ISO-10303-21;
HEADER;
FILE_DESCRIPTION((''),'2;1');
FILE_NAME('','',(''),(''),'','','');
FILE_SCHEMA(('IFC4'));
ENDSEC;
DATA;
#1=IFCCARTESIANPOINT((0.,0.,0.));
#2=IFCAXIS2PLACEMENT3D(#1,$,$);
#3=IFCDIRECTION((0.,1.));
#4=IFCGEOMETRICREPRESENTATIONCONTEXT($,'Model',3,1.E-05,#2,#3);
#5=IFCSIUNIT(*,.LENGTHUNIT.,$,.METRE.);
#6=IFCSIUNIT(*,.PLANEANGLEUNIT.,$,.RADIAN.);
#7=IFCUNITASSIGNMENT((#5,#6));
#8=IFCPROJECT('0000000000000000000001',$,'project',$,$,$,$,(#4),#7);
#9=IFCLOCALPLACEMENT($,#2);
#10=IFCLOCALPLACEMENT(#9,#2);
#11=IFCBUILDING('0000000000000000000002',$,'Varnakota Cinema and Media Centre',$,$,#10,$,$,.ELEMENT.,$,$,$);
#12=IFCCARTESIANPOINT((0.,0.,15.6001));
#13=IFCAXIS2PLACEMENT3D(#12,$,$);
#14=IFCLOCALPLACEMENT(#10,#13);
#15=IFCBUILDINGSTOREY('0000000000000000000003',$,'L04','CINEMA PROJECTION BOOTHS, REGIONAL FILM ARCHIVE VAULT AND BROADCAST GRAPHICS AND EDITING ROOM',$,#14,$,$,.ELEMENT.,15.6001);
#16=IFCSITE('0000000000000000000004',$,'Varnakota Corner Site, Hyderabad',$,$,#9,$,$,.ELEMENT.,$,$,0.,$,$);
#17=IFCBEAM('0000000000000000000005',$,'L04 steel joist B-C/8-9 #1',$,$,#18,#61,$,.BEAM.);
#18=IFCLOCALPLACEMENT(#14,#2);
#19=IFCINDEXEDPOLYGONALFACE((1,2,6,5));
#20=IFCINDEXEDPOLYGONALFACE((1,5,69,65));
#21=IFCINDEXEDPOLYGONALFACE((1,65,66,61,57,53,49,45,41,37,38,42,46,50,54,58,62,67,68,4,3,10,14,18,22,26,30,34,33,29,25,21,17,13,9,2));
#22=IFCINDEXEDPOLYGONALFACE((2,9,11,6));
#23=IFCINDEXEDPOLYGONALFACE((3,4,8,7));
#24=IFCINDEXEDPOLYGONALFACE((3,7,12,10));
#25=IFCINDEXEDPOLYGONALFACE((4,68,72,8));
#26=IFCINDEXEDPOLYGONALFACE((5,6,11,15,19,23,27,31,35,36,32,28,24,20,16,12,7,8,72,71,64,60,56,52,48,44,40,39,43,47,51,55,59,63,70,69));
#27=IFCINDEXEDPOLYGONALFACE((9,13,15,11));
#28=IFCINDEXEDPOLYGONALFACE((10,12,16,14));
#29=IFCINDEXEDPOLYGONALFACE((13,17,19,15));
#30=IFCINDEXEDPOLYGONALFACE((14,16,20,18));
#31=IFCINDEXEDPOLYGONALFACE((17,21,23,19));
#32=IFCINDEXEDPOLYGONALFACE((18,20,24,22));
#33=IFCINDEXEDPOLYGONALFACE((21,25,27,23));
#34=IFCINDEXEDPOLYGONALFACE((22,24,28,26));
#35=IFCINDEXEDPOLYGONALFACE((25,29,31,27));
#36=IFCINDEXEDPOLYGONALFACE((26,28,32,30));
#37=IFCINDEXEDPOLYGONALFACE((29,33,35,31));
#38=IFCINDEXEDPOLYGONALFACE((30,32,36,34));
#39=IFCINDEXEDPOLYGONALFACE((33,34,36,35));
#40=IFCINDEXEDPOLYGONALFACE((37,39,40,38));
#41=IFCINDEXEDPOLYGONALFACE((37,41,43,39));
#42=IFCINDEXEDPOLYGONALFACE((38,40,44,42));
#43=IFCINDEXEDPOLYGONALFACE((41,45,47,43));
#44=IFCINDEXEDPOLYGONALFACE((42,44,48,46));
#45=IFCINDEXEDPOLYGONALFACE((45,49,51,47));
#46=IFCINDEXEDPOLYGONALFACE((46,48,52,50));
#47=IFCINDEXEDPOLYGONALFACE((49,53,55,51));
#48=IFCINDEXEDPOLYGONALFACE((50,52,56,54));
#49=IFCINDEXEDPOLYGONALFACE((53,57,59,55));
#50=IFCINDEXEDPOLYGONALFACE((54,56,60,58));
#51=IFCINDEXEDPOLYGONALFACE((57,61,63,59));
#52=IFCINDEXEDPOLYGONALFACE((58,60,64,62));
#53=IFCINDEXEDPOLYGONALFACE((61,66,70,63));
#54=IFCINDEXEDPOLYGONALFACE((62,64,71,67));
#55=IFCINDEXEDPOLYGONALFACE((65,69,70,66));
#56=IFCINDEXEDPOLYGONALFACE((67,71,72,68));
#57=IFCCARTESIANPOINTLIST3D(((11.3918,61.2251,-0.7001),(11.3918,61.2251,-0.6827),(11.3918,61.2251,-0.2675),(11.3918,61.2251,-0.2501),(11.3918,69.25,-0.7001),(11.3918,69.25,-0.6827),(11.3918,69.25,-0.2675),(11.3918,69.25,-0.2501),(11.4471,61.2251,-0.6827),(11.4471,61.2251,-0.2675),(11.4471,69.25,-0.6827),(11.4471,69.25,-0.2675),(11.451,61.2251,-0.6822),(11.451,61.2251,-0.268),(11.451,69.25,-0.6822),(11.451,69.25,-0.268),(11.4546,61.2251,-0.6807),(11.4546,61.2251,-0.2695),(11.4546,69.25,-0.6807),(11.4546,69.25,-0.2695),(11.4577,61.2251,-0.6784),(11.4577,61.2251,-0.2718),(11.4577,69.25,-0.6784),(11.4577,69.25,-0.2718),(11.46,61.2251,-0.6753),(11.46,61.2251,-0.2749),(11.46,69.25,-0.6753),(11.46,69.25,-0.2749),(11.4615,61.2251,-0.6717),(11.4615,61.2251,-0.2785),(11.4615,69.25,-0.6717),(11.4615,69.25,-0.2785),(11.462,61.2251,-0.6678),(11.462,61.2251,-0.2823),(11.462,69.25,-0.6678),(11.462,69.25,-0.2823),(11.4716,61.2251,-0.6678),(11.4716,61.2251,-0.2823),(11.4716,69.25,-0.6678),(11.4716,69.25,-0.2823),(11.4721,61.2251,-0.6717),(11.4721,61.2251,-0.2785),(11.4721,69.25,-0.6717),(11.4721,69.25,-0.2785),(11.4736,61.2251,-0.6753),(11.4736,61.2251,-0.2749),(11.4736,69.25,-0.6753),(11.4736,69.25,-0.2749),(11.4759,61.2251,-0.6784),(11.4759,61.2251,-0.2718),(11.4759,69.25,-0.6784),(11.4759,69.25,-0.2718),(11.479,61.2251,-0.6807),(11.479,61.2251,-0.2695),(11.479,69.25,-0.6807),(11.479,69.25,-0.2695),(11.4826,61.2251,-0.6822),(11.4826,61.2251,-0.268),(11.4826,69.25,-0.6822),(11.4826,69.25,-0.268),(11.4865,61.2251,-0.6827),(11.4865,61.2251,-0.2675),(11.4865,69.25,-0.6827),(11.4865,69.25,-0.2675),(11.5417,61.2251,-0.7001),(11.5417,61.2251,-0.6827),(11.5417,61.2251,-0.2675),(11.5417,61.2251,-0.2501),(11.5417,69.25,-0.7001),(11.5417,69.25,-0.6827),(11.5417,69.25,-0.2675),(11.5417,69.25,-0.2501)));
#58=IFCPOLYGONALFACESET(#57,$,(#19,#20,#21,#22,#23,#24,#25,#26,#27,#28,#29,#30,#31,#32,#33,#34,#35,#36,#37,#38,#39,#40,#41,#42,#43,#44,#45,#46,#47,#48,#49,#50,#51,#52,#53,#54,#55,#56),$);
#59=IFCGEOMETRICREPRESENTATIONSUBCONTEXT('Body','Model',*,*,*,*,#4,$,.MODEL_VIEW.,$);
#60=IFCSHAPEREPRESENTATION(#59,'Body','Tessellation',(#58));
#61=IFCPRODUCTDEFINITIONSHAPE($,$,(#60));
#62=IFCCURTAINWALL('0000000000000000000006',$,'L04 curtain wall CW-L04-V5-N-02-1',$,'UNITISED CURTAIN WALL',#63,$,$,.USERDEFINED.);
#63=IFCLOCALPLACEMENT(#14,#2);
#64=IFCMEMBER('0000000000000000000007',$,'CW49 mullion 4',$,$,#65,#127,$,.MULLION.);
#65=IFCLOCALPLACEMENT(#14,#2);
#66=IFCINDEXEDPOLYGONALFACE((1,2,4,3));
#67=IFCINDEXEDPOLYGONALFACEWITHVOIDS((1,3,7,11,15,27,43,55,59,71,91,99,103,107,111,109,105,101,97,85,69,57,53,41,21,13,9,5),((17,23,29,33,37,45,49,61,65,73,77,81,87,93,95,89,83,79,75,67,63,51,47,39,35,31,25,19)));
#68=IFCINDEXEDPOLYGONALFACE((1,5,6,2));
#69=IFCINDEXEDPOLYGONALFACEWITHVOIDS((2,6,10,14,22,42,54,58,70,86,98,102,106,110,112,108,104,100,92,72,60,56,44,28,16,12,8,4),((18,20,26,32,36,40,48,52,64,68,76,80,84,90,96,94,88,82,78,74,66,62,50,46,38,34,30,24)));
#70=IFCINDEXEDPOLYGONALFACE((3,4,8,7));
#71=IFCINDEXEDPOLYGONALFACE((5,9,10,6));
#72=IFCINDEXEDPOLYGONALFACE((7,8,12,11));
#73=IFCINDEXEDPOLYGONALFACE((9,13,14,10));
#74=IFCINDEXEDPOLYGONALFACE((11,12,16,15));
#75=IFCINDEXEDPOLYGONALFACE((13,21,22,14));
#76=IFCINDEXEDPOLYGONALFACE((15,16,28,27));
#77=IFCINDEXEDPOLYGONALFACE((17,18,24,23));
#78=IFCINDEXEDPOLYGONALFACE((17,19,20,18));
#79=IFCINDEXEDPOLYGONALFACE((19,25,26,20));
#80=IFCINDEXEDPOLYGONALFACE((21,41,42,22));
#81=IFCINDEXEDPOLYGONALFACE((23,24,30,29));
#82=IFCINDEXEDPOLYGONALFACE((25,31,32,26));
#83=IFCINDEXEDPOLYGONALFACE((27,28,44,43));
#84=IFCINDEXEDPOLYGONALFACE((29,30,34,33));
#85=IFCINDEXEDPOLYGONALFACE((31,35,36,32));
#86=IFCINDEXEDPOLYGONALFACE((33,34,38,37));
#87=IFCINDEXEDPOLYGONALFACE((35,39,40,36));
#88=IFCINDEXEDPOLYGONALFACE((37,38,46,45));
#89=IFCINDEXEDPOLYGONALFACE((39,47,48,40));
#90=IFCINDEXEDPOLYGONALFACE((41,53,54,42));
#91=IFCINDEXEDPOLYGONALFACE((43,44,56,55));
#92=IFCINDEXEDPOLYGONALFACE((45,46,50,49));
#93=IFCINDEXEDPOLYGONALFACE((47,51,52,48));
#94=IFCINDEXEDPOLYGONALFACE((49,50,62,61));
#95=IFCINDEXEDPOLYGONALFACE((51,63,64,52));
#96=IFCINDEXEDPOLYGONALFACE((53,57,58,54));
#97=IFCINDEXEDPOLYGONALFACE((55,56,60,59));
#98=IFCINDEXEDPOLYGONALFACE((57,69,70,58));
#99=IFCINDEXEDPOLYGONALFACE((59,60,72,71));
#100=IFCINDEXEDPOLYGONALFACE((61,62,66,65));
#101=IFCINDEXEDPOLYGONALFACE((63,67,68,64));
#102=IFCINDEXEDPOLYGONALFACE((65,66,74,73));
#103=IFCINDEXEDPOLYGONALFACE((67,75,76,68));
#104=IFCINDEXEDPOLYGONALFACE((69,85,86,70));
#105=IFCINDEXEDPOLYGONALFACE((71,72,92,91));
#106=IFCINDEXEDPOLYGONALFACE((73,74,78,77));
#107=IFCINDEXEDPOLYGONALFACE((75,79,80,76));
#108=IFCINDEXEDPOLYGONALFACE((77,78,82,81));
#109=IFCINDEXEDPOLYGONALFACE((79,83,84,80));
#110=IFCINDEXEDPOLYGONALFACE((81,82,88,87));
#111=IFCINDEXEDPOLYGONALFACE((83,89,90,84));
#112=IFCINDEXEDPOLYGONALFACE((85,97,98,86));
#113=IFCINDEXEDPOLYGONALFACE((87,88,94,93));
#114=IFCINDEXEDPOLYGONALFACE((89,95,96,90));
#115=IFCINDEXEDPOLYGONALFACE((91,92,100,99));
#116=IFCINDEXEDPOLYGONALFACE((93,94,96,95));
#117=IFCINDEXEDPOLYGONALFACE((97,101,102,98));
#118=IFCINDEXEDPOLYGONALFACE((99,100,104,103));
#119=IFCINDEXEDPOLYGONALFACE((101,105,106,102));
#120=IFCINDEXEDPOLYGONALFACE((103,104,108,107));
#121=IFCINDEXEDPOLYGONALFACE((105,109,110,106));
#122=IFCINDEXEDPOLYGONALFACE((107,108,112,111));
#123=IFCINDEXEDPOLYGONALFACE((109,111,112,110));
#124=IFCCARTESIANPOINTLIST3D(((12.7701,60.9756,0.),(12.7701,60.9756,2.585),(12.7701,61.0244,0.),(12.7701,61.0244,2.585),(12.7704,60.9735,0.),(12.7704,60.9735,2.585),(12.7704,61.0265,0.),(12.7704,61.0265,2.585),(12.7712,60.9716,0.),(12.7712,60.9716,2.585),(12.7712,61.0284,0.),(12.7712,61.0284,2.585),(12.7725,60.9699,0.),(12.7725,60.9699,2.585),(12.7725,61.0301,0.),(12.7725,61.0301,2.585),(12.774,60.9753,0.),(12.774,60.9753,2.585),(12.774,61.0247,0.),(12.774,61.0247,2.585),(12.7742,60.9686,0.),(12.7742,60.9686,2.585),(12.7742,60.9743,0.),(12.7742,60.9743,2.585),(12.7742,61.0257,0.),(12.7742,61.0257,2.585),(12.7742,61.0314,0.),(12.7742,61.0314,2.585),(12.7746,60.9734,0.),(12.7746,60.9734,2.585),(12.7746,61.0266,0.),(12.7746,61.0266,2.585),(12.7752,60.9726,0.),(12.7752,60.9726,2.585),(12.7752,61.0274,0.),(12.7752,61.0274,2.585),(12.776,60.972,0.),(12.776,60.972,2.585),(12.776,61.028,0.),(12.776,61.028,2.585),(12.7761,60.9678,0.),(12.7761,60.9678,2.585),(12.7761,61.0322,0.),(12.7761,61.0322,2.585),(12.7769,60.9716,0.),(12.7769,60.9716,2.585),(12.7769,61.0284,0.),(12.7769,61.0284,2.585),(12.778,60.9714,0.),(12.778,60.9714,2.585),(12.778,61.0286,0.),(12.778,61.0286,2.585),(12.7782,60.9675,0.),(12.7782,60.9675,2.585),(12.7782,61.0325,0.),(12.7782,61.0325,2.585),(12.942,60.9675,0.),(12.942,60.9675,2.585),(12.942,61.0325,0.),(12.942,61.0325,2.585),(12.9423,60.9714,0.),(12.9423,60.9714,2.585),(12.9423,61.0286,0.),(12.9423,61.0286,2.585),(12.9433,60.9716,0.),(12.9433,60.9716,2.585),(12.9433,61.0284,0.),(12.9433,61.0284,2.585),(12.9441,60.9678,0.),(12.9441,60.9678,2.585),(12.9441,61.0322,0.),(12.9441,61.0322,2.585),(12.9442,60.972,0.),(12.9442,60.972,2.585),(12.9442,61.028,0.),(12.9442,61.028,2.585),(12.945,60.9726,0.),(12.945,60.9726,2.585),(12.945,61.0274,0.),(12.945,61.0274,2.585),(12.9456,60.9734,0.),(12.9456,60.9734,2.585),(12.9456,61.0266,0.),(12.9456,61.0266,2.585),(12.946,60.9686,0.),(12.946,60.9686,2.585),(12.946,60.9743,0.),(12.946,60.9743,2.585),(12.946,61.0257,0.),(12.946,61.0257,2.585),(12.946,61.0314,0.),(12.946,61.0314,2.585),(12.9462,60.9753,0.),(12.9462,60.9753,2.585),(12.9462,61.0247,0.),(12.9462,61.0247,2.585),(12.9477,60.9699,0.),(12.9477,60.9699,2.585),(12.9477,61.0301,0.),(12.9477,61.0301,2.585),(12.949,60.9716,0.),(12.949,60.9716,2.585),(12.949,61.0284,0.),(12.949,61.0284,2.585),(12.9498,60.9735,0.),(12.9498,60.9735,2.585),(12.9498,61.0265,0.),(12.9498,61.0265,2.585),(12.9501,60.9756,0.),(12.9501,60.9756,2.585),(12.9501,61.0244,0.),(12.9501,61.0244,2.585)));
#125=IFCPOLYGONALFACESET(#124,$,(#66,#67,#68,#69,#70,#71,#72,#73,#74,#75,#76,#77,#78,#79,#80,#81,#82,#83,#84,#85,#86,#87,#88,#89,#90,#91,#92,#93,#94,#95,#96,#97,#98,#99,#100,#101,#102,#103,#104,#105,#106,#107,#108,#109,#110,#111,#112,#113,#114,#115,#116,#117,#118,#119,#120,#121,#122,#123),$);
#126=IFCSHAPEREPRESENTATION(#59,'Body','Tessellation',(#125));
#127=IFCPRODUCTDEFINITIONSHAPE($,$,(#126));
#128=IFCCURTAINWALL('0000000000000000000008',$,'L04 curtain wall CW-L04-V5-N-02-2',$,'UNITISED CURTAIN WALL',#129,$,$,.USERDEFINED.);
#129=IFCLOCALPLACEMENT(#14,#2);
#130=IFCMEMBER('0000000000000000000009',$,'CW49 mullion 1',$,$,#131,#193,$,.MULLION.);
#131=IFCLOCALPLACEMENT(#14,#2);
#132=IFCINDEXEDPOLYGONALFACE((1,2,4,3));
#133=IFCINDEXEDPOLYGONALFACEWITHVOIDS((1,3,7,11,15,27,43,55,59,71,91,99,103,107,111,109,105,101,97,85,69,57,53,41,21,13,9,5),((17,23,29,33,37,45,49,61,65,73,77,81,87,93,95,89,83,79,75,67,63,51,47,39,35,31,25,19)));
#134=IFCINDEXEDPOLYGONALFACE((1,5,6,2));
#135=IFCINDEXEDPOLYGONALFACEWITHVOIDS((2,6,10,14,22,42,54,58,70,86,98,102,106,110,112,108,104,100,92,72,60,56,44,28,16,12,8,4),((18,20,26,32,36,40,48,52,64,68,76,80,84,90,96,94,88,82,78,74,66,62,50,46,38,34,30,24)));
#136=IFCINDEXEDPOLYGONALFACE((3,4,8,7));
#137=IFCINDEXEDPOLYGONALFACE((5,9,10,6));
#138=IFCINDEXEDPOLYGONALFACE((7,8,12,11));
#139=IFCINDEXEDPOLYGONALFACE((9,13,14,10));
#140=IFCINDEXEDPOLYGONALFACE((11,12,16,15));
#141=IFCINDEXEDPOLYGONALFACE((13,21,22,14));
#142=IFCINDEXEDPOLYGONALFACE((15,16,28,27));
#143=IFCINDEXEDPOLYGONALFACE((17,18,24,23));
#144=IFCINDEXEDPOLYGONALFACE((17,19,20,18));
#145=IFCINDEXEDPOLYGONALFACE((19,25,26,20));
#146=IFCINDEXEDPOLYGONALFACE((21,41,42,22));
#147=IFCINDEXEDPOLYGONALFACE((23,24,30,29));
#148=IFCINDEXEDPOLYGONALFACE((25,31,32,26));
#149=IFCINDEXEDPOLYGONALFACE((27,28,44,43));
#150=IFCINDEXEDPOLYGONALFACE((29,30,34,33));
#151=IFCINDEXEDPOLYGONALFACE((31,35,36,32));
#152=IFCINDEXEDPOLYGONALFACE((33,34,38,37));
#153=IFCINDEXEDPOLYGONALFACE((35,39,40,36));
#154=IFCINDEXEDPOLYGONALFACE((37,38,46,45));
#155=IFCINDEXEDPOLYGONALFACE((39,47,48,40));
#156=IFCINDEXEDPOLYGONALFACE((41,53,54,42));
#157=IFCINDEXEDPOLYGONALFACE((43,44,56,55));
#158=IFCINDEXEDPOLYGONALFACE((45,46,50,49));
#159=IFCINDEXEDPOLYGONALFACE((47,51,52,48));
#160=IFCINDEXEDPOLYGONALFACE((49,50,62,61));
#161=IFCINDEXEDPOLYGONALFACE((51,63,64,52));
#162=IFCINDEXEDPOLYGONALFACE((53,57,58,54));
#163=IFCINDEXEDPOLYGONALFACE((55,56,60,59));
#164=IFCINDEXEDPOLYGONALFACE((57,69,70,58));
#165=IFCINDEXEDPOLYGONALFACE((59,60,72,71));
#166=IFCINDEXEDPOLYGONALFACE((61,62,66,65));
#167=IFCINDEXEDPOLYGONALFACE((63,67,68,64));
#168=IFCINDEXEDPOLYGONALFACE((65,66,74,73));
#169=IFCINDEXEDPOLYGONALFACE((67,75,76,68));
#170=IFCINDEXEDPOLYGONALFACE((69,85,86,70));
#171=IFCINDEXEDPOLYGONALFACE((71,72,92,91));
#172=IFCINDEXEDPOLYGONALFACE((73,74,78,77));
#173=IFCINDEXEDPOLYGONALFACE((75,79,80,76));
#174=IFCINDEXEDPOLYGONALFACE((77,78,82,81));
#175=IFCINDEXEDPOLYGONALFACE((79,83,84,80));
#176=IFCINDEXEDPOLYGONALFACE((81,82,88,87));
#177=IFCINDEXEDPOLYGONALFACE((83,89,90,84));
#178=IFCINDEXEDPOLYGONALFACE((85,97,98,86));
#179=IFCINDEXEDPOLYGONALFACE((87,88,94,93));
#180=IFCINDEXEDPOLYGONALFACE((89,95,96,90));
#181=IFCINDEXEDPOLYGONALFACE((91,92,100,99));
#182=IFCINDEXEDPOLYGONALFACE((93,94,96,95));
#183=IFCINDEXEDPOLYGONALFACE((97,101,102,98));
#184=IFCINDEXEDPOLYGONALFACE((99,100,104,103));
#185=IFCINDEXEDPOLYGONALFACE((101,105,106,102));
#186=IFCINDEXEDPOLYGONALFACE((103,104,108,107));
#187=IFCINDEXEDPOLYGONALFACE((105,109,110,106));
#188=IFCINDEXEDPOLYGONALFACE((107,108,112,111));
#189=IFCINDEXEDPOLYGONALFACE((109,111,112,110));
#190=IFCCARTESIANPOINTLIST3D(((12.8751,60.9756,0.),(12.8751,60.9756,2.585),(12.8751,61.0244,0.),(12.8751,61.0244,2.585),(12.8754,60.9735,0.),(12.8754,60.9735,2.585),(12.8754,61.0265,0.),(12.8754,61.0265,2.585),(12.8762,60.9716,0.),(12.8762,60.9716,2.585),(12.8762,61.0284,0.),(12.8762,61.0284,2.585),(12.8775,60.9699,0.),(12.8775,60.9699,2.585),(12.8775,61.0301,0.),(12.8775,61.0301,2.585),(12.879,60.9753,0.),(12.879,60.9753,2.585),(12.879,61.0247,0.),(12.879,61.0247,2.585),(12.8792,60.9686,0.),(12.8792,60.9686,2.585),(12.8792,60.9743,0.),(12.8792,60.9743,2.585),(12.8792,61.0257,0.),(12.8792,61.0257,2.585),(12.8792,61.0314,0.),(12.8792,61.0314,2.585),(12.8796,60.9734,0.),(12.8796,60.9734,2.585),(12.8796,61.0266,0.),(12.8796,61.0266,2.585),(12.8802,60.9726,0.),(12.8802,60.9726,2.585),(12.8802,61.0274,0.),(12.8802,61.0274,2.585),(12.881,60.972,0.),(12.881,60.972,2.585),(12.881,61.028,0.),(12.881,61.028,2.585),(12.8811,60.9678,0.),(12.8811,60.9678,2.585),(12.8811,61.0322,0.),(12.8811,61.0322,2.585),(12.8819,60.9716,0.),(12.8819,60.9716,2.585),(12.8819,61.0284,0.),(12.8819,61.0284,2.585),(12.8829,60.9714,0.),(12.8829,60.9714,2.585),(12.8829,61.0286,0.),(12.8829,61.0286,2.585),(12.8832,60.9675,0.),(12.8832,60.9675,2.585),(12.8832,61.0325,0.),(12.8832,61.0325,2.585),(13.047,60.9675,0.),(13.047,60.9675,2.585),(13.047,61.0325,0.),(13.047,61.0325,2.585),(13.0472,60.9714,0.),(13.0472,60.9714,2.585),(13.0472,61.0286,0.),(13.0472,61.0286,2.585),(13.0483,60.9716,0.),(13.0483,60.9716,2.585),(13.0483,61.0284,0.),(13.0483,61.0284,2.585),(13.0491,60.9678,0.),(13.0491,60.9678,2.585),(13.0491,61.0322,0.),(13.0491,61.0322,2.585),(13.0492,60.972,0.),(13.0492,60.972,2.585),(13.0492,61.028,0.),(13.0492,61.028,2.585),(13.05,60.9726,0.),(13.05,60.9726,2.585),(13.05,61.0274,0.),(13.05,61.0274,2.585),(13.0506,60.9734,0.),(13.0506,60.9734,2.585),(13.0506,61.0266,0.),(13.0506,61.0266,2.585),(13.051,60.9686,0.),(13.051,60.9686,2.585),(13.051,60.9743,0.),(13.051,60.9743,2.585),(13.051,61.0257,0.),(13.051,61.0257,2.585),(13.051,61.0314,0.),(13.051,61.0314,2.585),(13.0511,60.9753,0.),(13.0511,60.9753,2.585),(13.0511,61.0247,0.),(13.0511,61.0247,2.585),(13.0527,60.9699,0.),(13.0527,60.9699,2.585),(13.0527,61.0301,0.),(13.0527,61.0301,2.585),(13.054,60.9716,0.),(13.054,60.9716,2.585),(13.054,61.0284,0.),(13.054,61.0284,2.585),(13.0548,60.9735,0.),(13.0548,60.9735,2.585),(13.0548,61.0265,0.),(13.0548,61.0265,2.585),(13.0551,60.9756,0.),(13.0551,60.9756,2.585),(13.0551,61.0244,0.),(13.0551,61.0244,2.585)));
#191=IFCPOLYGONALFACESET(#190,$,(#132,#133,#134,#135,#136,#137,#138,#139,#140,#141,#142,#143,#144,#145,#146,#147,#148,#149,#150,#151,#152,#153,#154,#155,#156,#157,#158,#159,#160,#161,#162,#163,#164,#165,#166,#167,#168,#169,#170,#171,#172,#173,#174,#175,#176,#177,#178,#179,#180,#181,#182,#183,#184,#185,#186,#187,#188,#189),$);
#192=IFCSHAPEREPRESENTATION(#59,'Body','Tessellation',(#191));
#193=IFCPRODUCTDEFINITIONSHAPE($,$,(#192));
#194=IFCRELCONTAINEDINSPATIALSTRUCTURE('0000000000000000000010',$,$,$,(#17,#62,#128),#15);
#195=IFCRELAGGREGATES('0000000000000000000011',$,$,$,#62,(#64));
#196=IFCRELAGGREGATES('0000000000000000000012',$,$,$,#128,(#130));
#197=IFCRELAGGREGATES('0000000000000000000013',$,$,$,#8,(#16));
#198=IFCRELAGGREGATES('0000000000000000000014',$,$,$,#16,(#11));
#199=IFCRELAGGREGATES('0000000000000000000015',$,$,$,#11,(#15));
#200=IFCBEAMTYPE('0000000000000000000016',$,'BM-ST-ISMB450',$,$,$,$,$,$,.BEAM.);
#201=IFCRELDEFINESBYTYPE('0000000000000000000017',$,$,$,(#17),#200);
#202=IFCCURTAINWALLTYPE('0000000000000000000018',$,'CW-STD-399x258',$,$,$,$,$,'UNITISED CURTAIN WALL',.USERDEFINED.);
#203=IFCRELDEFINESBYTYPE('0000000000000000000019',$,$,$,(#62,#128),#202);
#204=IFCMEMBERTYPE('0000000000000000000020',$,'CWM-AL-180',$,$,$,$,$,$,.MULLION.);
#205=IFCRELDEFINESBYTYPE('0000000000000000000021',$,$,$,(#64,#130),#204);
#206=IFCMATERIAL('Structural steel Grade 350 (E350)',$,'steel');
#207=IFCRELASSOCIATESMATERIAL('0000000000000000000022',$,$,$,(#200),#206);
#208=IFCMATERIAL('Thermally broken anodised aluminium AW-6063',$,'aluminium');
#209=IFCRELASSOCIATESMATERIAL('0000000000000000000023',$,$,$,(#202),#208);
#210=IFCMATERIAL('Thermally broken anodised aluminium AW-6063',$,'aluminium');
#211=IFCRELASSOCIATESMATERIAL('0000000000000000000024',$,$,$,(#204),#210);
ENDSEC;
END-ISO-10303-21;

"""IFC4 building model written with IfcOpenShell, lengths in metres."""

from ifc_helpers import new_model, si_unit, direction, frame, origin, origin_2d, place, context, subcontext, project, spatial, hollow_rectangle, i_section, extrude, material, material_profile, profile_set, type_object, element, aggregate, save


model = new_model("IFC4")

# Units and contexts
model_context = context("Model", 3, precision=1e-05, world=origin(), true_north=direction((0.0, 1.0)))
body_context = subcontext(model_context, "Body", "Model", "MODEL_VIEW")
ifc_project = project(units=[si_unit("LENGTHUNIT", "METRE"), si_unit("PLANEANGLEUNIT", "RADIAN")], contexts=[model_context])

# Site, building, storey
site_placement = place(None, origin())
site = spatial("IfcSite", under=ifc_project, at=site_placement, Name="Varnakota Corner Site, Hyderabad", CompositionType="ELEMENT", RefElevation=0.0)
building_placement = place(site_placement, origin())
building = spatial("IfcBuilding", under=site, at=building_placement, Name="Varnakota Cinema and Media Centre", CompositionType="ELEMENT")
storey_placement = place(building_placement, frame((0.0, 0.0, 15.6001)))
storey = spatial("IfcBuildingStorey", under=building, at=storey_placement, Name="L04", Description="CINEMA PROJECTION BOOTHS, REGIONAL FILM ARCHIVE VAULT AND BROADCAST GRAPHICS AND EDITING ROOM", CompositionType="ELEMENT", Elevation=15.6001)

# Beam
ifc_material_1 = material(Name="Structural steel Grade 350 (E350)", Category="steel")
ifc_material_profile_1 = material_profile(ifc_material_1, i_section(OverallWidth=0.1499, OverallDepth=0.45, WebThickness=0.0095, FlangeThickness=0.0173, FilletRadius=0.0149, at=origin_2d()), Name="ISMB 450")
ifc_profile_set_1 = profile_set([ifc_material_profile_1], Name="Structural steel Grade 350 (E350)")
beam_type_1 = type_object("IfcBeamType", Name="BM-ST-ISMB450", PredefinedType="BEAM", material=ifc_profile_set_1)
beam_1_placement = place(storey_placement, frame((11.4668, 61.2251, -0.4751), z_axis=(0.0, 1.0, 0.0), x_axis=(-1.0, 0.0, 0.0)))
element("IfcBeam", 1, at=beam_1_placement, inside=storey, type_object=beam_type_1, Name="L04 steel joist B-C/8-9 #1", PredefinedType="BEAM", context=body_context, shape_type="SweptSolid", body=[
    extrude(i_section(OverallWidth=0.1499, OverallDepth=0.45, WebThickness=0.0095, FlangeThickness=0.0173, FilletRadius=0.0149, at=origin_2d()), origin(), (0.0, 0.0, 1.0), 8.0249),
])

# Curtain wall, member
ifc_material_2 = material(Name="Thermally broken anodised aluminium AW-6063", Category="aluminium")
curtain_wall_type = type_object("IfcCurtainWallType", Name="CW-STD-399x258", ElementType="UNITISED CURTAIN WALL", PredefinedType="USERDEFINED", material=ifc_material_2)
curtain_wall_1_placement = place(storey_placement, origin())
curtain_wall_1 = element("IfcCurtainWall", 2, at=curtain_wall_1_placement, inside=storey, type_object=curtain_wall_type, Name="L04 curtain wall CW-L04-V5-N-02-1", ObjectType="UNITISED CURTAIN WALL", PredefinedType="USERDEFINED")
ifc_material_3 = material(Name="Thermally broken anodised aluminium AW-6063", Category="aluminium")
ifc_material_profile_2 = material_profile(ifc_material_3, hollow_rectangle(XDim=0.0649, YDim=0.1799, WallThickness=0.0039, InnerFilletRadius=0.0039, OuterFilletRadius=0.0081, at=origin_2d()), Name="AL-MULLION 180x65x4")
ifc_profile_set_2 = profile_set([ifc_material_profile_2], Name="Thermally broken anodised aluminium AW-6063")
member_type_1 = type_object("IfcMemberType", Name="CWM-AL-180", PredefinedType="MULLION", material=ifc_profile_set_2)
member_1_placement = place(storey_placement, frame((12.8601, 61.0, 0.0), z_axis=(0.0, 0.0, 1.0), x_axis=(0.0, 1.0, 0.0)))
member_1 = element("IfcMember", 3, at=member_1_placement, type_object=member_type_1, Name="CW49 mullion 4", PredefinedType="MULLION", context=body_context, shape_type="SweptSolid", body=[
    extrude(hollow_rectangle(XDim=0.0649, YDim=0.1799, WallThickness=0.0039, InnerFilletRadius=0.0039, OuterFilletRadius=0.0081, at=origin_2d()), origin(), (0.0, 0.0, 1.0), 2.585),
])

# Curtain wall, member
curtain_wall_2_placement = place(storey_placement, origin())
curtain_wall_2 = element("IfcCurtainWall", 4, at=curtain_wall_2_placement, inside=storey, type_object=curtain_wall_type, Name="L04 curtain wall CW-L04-V5-N-02-2", ObjectType="UNITISED CURTAIN WALL", PredefinedType="USERDEFINED")
member_2_placement = place(storey_placement, frame((12.9651, 61.0, 0.0), z_axis=(0.0, 0.0, 1.0), x_axis=(0.0, 1.0, 0.0)))
member_2 = element("IfcMember", 5, at=member_2_placement, type_object=member_type_1, Name="CW49 mullion 1", PredefinedType="MULLION", context=body_context, shape_type="SweptSolid", body=[
    extrude(hollow_rectangle(XDim=0.0649, YDim=0.1799, WallThickness=0.0039, InnerFilletRadius=0.0039, OuterFilletRadius=0.0081, at=origin_2d()), origin(), (0.0, 0.0, 1.0), 2.585),
])

aggregate(curtain_wall_1, [member_1])
aggregate(curtain_wall_2, [member_2])

save(model, "model.ifc")
